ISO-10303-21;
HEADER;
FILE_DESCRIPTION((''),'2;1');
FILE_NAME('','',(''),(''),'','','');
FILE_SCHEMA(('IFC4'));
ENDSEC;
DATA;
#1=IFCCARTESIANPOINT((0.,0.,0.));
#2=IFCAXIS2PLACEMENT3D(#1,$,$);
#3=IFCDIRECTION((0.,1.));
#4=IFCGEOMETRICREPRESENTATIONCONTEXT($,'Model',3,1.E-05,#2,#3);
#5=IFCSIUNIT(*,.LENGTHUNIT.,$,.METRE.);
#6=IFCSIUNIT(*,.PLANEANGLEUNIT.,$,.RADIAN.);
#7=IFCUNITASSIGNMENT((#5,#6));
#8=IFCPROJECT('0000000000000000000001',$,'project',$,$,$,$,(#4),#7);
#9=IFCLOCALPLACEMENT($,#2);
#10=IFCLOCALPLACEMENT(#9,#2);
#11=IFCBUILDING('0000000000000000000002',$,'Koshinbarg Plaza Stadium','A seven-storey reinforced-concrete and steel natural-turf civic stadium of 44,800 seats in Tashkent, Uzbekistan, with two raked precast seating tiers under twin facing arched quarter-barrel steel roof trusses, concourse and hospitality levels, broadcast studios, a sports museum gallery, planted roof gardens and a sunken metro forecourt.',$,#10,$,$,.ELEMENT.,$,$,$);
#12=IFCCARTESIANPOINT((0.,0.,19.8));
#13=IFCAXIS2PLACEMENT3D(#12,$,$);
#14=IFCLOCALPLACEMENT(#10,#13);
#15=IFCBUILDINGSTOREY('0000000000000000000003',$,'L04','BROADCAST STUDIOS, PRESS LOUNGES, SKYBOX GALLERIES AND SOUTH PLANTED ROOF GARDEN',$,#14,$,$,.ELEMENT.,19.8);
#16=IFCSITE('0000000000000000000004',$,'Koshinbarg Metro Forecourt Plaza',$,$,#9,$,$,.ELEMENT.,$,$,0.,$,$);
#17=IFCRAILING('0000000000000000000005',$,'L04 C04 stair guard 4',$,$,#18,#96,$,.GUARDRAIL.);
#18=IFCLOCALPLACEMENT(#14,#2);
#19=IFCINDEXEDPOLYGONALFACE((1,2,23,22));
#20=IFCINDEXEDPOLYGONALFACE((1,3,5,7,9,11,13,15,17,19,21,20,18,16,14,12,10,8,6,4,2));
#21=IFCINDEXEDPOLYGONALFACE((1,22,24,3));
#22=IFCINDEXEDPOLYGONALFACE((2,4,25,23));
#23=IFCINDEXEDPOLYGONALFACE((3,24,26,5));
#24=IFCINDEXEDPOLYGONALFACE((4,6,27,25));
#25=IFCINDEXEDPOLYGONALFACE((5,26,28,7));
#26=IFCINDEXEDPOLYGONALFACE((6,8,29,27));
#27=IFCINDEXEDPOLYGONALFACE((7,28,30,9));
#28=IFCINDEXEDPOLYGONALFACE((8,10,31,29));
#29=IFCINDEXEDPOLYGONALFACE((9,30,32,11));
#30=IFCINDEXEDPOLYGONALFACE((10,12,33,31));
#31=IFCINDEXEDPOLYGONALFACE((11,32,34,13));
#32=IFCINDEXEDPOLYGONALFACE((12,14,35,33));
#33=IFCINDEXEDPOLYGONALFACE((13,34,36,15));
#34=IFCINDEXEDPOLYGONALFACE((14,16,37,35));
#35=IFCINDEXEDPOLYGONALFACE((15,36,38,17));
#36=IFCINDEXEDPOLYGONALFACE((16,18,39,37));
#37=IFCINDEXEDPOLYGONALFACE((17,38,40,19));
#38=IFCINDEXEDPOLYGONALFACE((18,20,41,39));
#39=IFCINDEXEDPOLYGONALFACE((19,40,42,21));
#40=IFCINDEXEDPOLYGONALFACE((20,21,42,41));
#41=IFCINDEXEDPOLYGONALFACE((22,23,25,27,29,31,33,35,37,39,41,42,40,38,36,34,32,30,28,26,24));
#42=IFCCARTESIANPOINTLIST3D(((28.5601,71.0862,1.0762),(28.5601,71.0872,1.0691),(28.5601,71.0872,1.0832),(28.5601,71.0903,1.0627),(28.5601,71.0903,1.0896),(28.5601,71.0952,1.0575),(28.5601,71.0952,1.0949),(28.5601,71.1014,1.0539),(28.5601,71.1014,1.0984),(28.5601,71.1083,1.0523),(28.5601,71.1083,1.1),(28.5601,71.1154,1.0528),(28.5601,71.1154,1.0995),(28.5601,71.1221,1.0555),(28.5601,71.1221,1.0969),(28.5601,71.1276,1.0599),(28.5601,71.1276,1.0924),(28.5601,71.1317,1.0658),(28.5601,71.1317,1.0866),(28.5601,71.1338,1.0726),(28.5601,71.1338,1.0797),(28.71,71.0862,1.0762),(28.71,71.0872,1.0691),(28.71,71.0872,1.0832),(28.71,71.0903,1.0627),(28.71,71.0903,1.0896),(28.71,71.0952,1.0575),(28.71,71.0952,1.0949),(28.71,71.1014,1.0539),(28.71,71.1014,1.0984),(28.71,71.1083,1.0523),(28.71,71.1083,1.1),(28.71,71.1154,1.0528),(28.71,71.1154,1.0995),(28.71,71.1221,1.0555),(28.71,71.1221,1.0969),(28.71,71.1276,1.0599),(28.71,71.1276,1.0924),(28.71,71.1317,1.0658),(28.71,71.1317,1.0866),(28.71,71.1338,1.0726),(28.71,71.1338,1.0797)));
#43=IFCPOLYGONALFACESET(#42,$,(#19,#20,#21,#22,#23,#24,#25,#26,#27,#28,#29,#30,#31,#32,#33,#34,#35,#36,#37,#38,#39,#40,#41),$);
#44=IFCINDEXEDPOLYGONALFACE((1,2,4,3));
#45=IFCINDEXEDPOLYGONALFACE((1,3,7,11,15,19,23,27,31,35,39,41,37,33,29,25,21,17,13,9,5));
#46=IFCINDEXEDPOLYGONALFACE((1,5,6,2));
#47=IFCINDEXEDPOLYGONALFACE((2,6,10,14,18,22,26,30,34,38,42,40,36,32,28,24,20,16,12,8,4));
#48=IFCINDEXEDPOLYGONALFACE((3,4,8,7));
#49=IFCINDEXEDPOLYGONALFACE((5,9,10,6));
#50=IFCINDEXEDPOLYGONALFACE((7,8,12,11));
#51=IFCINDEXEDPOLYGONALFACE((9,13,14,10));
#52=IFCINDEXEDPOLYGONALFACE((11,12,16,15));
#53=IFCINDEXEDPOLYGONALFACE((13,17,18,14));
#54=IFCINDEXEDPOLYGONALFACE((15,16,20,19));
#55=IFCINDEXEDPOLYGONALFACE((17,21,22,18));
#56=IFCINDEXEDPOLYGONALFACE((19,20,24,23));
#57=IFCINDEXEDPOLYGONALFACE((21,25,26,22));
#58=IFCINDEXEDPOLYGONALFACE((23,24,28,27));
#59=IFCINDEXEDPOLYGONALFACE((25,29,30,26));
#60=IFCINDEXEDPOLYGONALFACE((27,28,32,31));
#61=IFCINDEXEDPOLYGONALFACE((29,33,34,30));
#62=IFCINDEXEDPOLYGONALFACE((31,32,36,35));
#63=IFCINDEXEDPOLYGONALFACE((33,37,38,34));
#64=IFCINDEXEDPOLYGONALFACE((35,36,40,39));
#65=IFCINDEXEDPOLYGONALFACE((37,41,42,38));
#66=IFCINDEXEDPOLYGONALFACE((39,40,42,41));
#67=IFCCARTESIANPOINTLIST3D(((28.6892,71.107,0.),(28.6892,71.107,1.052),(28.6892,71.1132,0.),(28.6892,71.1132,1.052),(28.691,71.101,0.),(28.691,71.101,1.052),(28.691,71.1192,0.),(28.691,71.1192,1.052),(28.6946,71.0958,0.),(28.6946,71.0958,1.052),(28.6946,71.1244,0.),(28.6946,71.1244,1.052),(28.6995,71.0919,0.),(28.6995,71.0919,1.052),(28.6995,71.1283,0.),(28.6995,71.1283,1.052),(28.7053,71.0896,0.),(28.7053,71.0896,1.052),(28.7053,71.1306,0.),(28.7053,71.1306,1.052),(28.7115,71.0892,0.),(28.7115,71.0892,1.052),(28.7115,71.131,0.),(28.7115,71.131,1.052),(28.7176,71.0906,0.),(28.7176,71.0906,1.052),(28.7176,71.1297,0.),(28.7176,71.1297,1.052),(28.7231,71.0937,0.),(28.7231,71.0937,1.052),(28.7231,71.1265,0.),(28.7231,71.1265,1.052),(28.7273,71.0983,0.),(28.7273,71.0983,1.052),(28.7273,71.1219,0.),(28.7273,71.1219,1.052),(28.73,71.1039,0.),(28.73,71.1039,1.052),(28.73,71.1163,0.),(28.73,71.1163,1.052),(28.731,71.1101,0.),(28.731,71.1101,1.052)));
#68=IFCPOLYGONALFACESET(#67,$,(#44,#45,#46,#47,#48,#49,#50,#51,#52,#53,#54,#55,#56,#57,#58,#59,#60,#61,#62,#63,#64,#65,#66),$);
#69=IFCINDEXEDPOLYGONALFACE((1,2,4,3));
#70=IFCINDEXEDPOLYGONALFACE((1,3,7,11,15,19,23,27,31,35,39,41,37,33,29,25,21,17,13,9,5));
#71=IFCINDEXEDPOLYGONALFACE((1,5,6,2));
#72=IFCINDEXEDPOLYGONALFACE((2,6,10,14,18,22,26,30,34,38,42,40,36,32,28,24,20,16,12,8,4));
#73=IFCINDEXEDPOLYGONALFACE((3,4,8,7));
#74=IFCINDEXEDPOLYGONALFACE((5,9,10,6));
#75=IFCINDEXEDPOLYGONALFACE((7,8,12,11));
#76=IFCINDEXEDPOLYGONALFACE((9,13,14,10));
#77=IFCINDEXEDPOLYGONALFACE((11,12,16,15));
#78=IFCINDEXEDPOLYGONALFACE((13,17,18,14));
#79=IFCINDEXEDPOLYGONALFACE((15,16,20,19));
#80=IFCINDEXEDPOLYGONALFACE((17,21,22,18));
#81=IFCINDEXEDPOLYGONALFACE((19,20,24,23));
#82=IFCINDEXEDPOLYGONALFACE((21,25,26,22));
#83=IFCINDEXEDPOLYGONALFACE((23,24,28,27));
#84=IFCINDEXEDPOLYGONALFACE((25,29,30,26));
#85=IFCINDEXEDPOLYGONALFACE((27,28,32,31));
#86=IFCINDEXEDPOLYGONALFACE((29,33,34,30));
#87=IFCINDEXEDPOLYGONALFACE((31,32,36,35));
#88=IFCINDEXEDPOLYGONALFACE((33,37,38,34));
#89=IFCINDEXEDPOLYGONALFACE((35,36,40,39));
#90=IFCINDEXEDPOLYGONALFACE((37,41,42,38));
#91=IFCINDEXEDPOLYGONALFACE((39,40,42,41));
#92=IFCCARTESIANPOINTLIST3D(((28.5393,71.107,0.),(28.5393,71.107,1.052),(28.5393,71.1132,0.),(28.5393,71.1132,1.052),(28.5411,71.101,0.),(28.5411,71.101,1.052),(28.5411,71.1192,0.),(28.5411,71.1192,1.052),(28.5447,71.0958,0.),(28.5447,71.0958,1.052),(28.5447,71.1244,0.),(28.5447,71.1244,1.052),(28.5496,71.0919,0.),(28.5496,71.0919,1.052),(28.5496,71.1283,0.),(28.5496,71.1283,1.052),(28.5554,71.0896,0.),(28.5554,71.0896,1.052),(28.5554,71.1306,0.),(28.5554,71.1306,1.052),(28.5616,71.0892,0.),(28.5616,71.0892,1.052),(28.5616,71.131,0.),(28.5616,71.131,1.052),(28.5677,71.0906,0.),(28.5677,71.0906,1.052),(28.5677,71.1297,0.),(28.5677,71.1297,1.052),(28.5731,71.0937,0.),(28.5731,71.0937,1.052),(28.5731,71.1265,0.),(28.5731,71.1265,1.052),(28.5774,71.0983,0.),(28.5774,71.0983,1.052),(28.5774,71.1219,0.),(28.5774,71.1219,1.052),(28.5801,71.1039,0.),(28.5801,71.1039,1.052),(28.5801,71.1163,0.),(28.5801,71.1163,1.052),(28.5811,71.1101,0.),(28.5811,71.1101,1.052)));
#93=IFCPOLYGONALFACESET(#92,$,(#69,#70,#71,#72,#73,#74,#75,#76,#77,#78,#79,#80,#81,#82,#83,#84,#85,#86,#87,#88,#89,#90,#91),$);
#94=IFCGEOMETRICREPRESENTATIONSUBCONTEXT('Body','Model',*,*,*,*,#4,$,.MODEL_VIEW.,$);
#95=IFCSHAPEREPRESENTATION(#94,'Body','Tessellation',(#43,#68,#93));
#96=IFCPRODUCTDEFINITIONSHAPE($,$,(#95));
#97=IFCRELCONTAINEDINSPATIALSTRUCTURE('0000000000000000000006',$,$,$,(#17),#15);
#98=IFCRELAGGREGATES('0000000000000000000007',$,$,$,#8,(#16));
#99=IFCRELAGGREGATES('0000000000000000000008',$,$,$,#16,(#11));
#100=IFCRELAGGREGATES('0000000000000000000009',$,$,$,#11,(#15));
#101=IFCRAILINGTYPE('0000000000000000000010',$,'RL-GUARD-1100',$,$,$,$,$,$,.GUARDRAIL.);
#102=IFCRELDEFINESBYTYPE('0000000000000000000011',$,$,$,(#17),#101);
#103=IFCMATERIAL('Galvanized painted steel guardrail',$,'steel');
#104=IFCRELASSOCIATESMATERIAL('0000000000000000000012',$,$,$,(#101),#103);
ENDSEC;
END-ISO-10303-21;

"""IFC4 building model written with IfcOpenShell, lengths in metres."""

from ifc_helpers import new_model, si_unit, direction, frame, origin, origin_2d, place, context, subcontext, project, spatial, circle, extrude, material, type_object, element, save


model = new_model("IFC4")

# Units and contexts
model_context = context("Model", 3, precision=1e-05, world=origin(), true_north=direction((0.0, 1.0)))
body_context = subcontext(model_context, "Body", "Model", "MODEL_VIEW")
ifc_project = project(units=[si_unit("LENGTHUNIT", "METRE"), si_unit("PLANEANGLEUNIT", "RADIAN")], contexts=[model_context])

# Site, building, storey
site_placement = place(None, origin())
site = spatial("IfcSite", under=ifc_project, at=site_placement, Name="Koshinbarg Metro Forecourt Plaza", CompositionType="ELEMENT", RefElevation=0.0)
building_placement = place(site_placement, origin())
building = spatial("IfcBuilding", under=site, at=building_placement, Name="Koshinbarg Plaza Stadium", Description="A seven-storey reinforced-concrete and steel natural-turf civic stadium of 44,800 seats in Tashkent, Uzbekistan, with two raked precast seating tiers under twin facing arched quarter-barrel steel roof trusses, concourse and hospitality levels, broadcast studios, a sports museum gallery, planted roof gardens and a sunken metro forecourt.", CompositionType="ELEMENT")
storey_placement = place(building_placement, frame((0.0, 0.0, 19.8)))
storey = spatial("IfcBuildingStorey", under=building, at=storey_placement, Name="L04", Description="BROADCAST STUDIOS, PRESS LOUNGES, SKYBOX GALLERIES AND SOUTH PLANTED ROOF GARDEN", CompositionType="ELEMENT", Elevation=19.8)

# Railing
ifc_material_1 = material(Name="Galvanized painted steel guardrail", Category="steel")
railing_type_1 = type_object("IfcRailingType", Name="RL-GUARD-1100", PredefinedType="GUARDRAIL", material=ifc_material_1)
railing_1_placement = place(storey_placement, frame((28.71, 71.1101, 0.0)))
element("IfcRailing", 1, at=railing_1_placement, inside=storey, type_object=railing_type_1, Name="L04 C04 stair guard 4", PredefinedType="GUARDRAIL", context=body_context, shape_type="SweptSolid", body=[
    extrude(circle(Radius=0.0239, at=origin_2d()), frame((0.0, 0.0, 1.0762), z_axis=(-1.0, 0.0, 0.0), x_axis=(0.0, -1.0, 0.0)), (0.0, 0.0, 1.0), 0.1499),
    extrude(circle(Radius=0.021, at=origin_2d()), origin(), (0.0, 0.0, 1.0), 1.052),
    extrude(circle(Radius=0.021, at=origin_2d()), frame((-0.1499, 0.0, 0.0)), (0.0, 0.0, 1.0), 1.052),
])

save(model, "model.ifc")
